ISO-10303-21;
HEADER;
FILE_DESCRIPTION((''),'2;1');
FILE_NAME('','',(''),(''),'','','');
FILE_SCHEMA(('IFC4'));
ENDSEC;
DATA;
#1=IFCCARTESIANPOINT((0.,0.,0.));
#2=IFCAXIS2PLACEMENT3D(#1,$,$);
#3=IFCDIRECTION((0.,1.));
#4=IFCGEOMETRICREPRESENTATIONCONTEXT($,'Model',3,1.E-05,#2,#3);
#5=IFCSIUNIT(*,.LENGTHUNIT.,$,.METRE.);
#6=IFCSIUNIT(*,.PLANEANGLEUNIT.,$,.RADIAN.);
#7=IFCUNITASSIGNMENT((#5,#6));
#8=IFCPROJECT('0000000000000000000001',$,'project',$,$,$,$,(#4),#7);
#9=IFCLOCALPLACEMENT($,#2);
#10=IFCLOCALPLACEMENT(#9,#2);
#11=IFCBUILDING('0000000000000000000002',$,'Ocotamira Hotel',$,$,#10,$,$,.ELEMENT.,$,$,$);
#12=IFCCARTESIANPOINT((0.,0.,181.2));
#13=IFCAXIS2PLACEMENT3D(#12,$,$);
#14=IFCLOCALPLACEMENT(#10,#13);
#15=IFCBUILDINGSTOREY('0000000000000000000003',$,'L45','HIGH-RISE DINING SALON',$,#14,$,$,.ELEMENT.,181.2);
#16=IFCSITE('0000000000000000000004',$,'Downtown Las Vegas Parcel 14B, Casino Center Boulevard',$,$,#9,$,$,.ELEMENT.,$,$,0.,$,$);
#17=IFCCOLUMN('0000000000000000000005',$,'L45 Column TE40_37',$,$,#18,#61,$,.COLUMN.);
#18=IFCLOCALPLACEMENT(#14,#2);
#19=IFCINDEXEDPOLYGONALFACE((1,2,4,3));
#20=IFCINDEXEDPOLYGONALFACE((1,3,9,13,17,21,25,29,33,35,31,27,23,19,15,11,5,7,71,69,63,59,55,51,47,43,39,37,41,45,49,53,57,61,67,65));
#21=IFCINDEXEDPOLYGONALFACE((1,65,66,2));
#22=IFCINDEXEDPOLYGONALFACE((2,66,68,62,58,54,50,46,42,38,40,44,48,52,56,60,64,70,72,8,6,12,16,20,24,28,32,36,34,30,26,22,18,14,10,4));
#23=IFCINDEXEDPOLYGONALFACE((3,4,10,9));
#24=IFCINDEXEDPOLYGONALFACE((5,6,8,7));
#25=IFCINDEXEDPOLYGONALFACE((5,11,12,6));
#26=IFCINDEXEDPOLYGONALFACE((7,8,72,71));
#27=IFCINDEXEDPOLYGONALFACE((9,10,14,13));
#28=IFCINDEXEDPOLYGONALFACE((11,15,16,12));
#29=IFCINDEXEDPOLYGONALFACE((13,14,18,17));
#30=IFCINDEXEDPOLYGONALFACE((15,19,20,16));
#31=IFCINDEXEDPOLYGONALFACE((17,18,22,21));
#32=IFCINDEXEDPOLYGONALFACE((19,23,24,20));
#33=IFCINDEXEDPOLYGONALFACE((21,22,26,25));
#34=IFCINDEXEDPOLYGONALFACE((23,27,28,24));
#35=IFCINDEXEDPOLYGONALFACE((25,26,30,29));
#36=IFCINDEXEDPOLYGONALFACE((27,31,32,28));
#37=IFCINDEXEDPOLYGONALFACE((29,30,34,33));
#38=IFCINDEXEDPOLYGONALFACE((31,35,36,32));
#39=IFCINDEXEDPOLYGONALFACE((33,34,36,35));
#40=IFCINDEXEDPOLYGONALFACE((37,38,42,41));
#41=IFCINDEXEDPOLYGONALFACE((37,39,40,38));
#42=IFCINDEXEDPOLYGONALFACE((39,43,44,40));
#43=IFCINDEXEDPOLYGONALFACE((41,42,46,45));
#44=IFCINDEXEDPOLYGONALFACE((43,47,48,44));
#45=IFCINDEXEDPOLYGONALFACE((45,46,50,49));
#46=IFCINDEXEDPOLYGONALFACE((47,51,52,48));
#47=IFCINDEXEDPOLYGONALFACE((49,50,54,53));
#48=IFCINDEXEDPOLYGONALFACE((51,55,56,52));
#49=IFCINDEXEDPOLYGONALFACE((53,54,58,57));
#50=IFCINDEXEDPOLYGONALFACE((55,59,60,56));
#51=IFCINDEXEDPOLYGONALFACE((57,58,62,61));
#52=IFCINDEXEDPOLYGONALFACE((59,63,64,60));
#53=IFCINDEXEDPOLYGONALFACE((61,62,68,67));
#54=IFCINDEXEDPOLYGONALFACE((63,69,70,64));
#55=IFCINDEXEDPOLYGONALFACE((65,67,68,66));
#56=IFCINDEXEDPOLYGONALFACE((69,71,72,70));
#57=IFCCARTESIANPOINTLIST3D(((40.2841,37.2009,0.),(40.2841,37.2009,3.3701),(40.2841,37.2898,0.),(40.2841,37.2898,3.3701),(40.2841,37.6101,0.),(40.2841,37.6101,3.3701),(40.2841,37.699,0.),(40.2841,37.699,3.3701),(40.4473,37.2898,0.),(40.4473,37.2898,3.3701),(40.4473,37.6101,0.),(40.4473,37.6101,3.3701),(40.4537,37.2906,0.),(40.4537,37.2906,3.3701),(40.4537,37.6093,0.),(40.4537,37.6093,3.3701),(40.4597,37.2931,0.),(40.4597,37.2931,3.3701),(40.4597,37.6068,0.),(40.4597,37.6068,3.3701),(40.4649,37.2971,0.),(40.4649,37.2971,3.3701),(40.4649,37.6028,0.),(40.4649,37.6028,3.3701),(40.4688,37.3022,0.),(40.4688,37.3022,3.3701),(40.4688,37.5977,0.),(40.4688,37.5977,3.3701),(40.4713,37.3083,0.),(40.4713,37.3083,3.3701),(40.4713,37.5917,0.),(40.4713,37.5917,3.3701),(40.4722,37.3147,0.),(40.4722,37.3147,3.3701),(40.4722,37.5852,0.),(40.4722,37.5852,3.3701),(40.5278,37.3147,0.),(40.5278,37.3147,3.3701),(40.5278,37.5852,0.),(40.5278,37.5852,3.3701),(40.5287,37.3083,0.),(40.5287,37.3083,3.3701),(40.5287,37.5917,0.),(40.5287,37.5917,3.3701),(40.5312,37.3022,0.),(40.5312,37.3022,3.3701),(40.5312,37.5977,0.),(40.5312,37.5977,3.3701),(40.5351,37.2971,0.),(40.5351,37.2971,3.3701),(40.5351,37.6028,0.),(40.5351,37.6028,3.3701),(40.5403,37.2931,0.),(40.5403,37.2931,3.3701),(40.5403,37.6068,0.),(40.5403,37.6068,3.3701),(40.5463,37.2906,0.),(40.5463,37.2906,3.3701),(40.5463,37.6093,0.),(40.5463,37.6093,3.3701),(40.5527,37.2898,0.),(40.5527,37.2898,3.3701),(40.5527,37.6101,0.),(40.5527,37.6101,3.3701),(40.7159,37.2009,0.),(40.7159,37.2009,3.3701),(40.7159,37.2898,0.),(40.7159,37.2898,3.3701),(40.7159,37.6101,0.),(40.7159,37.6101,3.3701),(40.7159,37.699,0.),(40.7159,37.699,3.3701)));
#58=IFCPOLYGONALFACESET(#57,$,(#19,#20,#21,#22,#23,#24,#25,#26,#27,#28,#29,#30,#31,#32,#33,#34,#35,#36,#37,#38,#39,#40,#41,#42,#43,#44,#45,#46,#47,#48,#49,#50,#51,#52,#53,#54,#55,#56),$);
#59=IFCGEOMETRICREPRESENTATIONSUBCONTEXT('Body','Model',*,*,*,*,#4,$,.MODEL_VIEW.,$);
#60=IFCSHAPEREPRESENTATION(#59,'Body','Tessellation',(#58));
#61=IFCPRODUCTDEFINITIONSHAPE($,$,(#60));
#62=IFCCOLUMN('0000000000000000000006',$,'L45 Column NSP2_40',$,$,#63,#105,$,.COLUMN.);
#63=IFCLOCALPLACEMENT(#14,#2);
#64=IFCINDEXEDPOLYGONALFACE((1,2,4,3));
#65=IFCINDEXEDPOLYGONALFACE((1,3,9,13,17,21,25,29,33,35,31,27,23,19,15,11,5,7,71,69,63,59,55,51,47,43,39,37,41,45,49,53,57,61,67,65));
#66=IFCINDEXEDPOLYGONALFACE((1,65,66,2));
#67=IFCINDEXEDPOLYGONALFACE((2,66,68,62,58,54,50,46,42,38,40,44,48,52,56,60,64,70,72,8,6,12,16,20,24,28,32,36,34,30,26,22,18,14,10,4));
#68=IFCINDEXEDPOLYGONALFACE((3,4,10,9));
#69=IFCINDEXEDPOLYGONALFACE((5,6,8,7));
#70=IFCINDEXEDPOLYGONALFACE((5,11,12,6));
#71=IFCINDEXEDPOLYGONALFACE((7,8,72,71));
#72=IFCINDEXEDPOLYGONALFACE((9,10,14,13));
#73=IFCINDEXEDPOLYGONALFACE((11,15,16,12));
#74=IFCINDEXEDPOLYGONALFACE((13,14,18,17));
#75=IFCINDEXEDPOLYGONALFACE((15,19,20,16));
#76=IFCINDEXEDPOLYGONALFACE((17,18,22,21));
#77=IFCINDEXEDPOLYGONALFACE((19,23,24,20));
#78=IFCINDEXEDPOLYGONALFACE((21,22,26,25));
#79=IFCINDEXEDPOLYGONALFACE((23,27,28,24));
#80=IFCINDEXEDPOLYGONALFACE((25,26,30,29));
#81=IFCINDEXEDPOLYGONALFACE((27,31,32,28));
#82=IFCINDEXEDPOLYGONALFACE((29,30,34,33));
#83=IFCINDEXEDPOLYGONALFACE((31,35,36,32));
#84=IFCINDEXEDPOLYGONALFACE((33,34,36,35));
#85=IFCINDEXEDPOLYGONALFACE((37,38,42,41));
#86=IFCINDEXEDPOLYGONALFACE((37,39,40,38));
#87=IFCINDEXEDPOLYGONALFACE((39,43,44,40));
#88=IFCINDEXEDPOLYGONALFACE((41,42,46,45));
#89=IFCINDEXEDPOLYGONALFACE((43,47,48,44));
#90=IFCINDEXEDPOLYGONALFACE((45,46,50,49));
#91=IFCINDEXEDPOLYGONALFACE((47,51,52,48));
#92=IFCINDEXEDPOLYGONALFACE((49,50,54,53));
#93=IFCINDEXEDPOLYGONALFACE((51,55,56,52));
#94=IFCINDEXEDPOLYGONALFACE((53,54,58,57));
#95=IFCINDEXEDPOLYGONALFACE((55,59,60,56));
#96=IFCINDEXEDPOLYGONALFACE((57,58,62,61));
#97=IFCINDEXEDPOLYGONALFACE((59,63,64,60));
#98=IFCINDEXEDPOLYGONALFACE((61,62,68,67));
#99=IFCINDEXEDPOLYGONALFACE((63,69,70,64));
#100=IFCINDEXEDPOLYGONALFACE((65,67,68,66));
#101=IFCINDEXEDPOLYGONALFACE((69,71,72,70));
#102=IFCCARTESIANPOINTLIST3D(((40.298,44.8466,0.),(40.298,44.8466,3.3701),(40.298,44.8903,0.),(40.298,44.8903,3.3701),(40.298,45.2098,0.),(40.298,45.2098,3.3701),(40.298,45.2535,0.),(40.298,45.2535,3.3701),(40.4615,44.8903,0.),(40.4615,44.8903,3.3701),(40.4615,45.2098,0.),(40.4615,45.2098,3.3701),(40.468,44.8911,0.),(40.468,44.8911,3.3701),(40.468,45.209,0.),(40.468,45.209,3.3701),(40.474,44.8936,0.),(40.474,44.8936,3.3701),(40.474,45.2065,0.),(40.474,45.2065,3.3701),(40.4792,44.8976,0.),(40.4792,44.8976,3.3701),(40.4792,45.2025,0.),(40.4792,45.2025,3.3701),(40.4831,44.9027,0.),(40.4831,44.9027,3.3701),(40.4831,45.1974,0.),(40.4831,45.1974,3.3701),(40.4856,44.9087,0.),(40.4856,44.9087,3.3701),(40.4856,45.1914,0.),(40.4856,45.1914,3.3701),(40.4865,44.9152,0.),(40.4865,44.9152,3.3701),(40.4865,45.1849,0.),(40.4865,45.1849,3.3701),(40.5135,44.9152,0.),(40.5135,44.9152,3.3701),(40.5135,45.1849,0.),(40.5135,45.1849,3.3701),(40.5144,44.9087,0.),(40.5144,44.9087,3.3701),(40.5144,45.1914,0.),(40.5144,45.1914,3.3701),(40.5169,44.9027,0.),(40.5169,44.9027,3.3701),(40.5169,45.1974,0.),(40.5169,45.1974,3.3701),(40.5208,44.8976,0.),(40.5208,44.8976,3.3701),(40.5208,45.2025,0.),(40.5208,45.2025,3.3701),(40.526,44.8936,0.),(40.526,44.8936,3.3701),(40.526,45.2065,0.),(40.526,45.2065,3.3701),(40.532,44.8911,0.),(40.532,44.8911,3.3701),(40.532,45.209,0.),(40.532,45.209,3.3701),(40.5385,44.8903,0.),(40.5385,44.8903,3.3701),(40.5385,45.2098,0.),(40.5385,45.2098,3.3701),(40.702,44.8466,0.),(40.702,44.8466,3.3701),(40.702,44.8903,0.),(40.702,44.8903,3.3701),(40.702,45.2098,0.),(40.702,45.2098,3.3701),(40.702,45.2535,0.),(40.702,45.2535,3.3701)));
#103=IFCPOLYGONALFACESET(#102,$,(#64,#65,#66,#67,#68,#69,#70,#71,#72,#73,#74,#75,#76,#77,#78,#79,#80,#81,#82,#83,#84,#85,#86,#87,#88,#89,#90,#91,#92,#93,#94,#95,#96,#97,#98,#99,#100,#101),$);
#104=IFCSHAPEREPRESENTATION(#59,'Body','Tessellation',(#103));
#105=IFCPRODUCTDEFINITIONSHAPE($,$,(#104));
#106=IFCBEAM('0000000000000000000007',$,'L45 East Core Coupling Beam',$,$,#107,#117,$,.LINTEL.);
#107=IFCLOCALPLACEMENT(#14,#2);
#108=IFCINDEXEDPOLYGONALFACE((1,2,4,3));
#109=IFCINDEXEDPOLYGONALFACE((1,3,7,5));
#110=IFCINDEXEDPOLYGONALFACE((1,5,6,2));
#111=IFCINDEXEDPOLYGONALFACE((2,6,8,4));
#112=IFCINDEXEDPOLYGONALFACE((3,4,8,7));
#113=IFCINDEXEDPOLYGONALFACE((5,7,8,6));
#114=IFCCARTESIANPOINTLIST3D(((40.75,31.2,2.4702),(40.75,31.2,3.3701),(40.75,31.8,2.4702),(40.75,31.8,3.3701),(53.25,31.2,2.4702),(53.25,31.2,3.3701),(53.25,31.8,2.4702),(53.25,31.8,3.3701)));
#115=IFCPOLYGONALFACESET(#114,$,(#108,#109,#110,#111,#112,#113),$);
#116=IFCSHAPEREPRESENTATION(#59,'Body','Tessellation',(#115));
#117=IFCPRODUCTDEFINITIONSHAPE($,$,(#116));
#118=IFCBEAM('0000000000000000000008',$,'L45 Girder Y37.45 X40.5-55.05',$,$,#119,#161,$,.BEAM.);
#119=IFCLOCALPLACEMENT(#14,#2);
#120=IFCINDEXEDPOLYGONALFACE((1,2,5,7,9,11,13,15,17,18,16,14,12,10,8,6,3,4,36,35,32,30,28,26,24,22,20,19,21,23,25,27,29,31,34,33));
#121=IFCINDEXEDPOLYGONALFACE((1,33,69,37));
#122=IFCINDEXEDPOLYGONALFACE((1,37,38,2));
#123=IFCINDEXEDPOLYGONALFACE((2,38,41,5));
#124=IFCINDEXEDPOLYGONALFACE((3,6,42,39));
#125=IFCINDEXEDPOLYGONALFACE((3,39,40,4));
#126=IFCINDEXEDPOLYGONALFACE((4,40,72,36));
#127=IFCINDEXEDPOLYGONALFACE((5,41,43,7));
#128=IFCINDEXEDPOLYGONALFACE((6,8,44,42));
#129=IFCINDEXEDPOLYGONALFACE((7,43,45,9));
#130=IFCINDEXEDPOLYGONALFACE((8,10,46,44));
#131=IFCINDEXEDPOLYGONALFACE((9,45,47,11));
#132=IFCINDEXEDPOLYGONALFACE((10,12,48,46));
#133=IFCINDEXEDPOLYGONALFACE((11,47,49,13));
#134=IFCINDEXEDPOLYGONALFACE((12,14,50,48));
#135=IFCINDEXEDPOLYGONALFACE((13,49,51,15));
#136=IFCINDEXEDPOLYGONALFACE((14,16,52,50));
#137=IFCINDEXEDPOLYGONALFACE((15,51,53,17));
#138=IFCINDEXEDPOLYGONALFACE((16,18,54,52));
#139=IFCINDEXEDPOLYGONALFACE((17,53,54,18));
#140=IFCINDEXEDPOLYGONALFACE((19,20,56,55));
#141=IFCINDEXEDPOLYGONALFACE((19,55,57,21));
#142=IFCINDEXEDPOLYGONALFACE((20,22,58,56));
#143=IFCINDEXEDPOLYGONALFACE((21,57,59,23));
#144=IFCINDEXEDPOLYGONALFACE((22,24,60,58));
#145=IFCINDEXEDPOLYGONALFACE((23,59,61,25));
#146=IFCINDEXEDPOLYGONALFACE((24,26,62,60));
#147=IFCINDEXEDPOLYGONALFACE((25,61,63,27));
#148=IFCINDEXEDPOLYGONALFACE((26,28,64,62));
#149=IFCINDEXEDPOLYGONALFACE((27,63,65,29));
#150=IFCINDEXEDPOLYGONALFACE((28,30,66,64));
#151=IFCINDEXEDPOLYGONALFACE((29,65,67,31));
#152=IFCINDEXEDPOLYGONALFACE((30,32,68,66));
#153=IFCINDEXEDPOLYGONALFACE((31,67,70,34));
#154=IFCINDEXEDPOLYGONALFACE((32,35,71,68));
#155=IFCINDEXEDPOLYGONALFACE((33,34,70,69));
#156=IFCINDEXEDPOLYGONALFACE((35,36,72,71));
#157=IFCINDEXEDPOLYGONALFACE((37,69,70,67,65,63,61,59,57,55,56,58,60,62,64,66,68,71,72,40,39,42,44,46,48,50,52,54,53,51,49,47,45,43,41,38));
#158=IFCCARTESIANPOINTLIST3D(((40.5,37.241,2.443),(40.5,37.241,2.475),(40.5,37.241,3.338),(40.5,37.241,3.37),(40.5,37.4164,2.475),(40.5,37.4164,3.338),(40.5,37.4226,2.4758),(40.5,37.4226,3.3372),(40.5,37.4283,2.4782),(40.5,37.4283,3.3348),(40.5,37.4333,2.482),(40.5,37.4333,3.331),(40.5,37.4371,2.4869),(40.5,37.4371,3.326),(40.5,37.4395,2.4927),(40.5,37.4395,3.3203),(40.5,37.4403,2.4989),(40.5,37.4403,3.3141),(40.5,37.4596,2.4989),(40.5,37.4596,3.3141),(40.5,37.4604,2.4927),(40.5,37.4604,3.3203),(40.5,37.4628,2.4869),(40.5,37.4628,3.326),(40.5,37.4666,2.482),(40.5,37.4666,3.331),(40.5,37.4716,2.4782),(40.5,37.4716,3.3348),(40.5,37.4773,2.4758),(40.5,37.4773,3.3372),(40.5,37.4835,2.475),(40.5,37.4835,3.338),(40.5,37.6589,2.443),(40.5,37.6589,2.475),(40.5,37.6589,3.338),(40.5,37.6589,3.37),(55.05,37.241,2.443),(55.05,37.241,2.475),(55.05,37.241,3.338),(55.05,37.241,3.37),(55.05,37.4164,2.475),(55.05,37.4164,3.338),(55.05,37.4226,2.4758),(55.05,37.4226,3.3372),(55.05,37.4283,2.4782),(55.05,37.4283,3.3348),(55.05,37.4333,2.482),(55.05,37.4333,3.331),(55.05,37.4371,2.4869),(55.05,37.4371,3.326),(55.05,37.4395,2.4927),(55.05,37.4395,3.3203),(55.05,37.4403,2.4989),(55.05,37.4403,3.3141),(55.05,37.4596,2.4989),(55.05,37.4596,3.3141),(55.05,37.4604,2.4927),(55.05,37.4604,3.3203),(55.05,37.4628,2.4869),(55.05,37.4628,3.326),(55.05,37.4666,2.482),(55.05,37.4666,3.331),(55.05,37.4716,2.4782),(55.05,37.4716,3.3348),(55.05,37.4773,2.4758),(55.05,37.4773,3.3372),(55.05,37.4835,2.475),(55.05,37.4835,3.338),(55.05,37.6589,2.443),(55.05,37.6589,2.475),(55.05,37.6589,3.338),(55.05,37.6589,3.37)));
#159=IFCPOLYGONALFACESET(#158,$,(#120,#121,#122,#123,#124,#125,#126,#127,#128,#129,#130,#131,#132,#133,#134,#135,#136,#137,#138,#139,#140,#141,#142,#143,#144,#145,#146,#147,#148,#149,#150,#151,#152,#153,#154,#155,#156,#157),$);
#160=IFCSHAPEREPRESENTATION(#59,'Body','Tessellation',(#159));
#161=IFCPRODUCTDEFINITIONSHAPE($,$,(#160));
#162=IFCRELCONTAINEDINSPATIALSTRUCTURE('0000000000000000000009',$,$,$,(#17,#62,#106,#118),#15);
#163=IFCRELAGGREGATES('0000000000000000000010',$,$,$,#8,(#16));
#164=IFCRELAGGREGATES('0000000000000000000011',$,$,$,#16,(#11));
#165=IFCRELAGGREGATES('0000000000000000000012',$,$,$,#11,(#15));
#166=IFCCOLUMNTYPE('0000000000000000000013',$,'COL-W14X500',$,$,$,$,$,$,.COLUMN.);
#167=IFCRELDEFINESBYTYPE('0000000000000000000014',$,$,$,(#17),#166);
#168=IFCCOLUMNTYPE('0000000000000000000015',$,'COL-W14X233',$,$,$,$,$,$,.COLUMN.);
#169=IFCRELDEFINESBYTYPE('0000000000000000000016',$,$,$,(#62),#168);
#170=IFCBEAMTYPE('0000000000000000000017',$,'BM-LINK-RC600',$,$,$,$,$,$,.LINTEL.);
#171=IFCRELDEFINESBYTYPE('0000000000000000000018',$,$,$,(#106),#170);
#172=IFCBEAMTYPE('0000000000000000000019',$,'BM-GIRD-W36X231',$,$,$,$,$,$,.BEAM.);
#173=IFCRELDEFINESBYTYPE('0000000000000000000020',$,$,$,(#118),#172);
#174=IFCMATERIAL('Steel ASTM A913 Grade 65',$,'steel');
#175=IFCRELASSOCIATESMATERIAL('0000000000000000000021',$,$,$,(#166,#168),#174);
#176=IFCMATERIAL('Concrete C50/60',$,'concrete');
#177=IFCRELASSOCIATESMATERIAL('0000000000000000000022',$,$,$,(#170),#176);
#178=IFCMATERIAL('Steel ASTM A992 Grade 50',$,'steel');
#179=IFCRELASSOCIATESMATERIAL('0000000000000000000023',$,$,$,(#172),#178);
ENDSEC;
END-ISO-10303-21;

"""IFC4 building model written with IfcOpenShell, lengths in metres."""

from ifc_helpers import new_model, si_unit, direction, frame, origin, origin_2d, place, context, subcontext, project, spatial, rectangle, i_section, extrude, source, transform, mapped, material, material_profile, profile_set, type_object, element, save


model = new_model("IFC4")

# Units and contexts
model_context = context("Model", 3, precision=1e-05, world=origin(), true_north=direction((0.0, 1.0)))
body_context = subcontext(model_context, "Body", "Model", "MODEL_VIEW")
ifc_project = project(units=[si_unit("LENGTHUNIT", "METRE"), si_unit("PLANEANGLEUNIT", "RADIAN")], contexts=[model_context])

# Site, building, storey
site_placement = place(None, origin())
site = spatial("IfcSite", under=ifc_project, at=site_placement, Name="Downtown Las Vegas Parcel 14B, Casino Center Boulevard", CompositionType="ELEMENT", RefElevation=0.0)
building_placement = place(site_placement, origin())
building = spatial("IfcBuilding", under=site, at=building_placement, Name="Ocotamira Hotel", CompositionType="ELEMENT")
storey_placement = place(building_placement, frame((0.0, 0.0, 181.2)))
storey = spatial("IfcBuildingStorey", under=building, at=storey_placement, Name="L45", Description="HIGH-RISE DINING SALON", CompositionType="ELEMENT", Elevation=181.2)

# Columns
ifc_material_1 = material(Name="Steel ASTM A913 Grade 65", Category="steel")
ifc_material_profile_1 = material_profile(ifc_material_1, i_section(OverallWidth=0.4319, OverallDepth=0.498, WebThickness=0.0557, FlangeThickness=0.0889, FilletRadius=0.0249, at=origin_2d()), Name="W14X500")
ifc_profile_set_1 = profile_set([ifc_material_profile_1], Name="Steel ASTM A913 Grade 65")
column_type_1 = type_object("IfcColumnType", Name="COL-W14X500", PredefinedType="COLUMN", material=ifc_profile_set_1)
shared_shape_1 = source(origin(), body_context, "Body", "SweptSolid", [
    extrude(i_section(OverallWidth=0.4319, OverallDepth=0.498, WebThickness=0.0557, FlangeThickness=0.0889, FilletRadius=0.0249, at=origin_2d()), origin(), (0.0, 0.0, 1.0), 3.3701),
])
column_1_placement = place(storey_placement, frame((40.5, 37.45, 0.0), z_axis=(0.0, 0.0, 1.0), x_axis=(1.0, 0.0, 0.0)))
element("IfcColumn", 1, at=column_1_placement, inside=storey, type_object=column_type_1, Name="L45 Column TE40_37", PredefinedType="COLUMN", context=body_context, shape_type="MappedRepresentation", body=[
    mapped(shared_shape_1, transform((0.0, 0.0, 0.0), scale=1.0)),
])
ifc_material_profile_2 = material_profile(ifc_material_1, i_section(OverallWidth=0.4041, OverallDepth=0.407, WebThickness=0.0271, FlangeThickness=0.0437, FilletRadius=0.0249, at=origin_2d()), Name="W14X233")
ifc_profile_set_2 = profile_set([ifc_material_profile_2], Name="Steel ASTM A913 Grade 65")
column_type_2 = type_object("IfcColumnType", Name="COL-W14X233", PredefinedType="COLUMN", material=ifc_profile_set_2)
shared_shape_2 = source(origin(), body_context, "Body", "SweptSolid", [
    extrude(i_section(OverallWidth=0.4041, OverallDepth=0.407, WebThickness=0.0271, FlangeThickness=0.0437, FilletRadius=0.0249, at=origin_2d()), origin(), (0.0, 0.0, 1.0), 3.3701),
])
column_2_placement = place(storey_placement, frame((40.5, 45.05, 0.0), z_axis=(0.0, 0.0, 1.0), x_axis=(1.0, 0.0, 0.0)))
element("IfcColumn", 2, at=column_2_placement, inside=storey, type_object=column_type_2, Name="L45 Column NSP2_40", PredefinedType="COLUMN", context=body_context, shape_type="MappedRepresentation", body=[
    mapped(shared_shape_2, transform((0.0, 0.0, 0.0), scale=1.0)),
])

# Beams
ifc_material_2 = material(Name="Concrete C50/60", Category="concrete")
ifc_material_profile_3 = material_profile(ifc_material_2, rectangle(XDim=0.6001, YDim=0.8999, at=origin_2d()), Name="RC600X900")
ifc_profile_set_3 = profile_set([ifc_material_profile_3], Name="Concrete C50/60")
beam_type_1 = type_object("IfcBeamType", Name="BM-LINK-RC600", PredefinedType="LINTEL", material=ifc_profile_set_3)
shared_shape_3 = source(origin(), body_context, "Body", "SweptSolid", [
    extrude(rectangle(XDim=0.6001, YDim=0.8999, at=origin_2d()), origin(), (0.0, 0.0, 1.0), 12.5),
])
beam_1_placement = place(storey_placement, frame((40.75, 31.5, 2.9202), z_axis=(1.0, 0.0, 0.0), x_axis=(0.0, 1.0, 0.0)))
element("IfcBeam", 3, at=beam_1_placement, inside=storey, type_object=beam_type_1, Name="L45 East Core Coupling Beam", PredefinedType="LINTEL", context=body_context, shape_type="MappedRepresentation", body=[
    mapped(shared_shape_3, transform((0.0, 0.0, 0.0), scale=1.0)),
])
ifc_material_3 = material(Name="Steel ASTM A992 Grade 50", Category="steel")
ifc_material_profile_4 = material_profile(ifc_material_3, i_section(OverallWidth=0.418, OverallDepth=0.927, WebThickness=0.0193, FlangeThickness=0.032, FilletRadius=0.0239, at=origin_2d()), Name="W36X231")
ifc_profile_set_4 = profile_set([ifc_material_profile_4], Name="Steel ASTM A992 Grade 50")
beam_type_2 = type_object("IfcBeamType", Name="BM-GIRD-W36X231", PredefinedType="BEAM", material=ifc_profile_set_4)
shared_shape_4 = source(origin(), body_context, "Body", "SweptSolid", [
    extrude(i_section(OverallWidth=0.418, OverallDepth=0.927, WebThickness=0.0193, FlangeThickness=0.032, FilletRadius=0.0239, at=origin_2d()), origin(), (0.0, 0.0, 1.0), 14.55),
])
beam_2_placement = place(storey_placement, frame((40.5, 37.45, 2.9065), z_axis=(1.0, 0.0, 0.0), x_axis=(0.0, 1.0, 0.0)))
element("IfcBeam", 4, at=beam_2_placement, inside=storey, type_object=beam_type_2, Name="L45 Girder Y37.45 X40.5-55.05", PredefinedType="BEAM", context=body_context, shape_type="MappedRepresentation", body=[
    mapped(shared_shape_4, transform((0.0, 0.0, 0.0), scale=1.0)),
])

save(model, "model.ifc")
